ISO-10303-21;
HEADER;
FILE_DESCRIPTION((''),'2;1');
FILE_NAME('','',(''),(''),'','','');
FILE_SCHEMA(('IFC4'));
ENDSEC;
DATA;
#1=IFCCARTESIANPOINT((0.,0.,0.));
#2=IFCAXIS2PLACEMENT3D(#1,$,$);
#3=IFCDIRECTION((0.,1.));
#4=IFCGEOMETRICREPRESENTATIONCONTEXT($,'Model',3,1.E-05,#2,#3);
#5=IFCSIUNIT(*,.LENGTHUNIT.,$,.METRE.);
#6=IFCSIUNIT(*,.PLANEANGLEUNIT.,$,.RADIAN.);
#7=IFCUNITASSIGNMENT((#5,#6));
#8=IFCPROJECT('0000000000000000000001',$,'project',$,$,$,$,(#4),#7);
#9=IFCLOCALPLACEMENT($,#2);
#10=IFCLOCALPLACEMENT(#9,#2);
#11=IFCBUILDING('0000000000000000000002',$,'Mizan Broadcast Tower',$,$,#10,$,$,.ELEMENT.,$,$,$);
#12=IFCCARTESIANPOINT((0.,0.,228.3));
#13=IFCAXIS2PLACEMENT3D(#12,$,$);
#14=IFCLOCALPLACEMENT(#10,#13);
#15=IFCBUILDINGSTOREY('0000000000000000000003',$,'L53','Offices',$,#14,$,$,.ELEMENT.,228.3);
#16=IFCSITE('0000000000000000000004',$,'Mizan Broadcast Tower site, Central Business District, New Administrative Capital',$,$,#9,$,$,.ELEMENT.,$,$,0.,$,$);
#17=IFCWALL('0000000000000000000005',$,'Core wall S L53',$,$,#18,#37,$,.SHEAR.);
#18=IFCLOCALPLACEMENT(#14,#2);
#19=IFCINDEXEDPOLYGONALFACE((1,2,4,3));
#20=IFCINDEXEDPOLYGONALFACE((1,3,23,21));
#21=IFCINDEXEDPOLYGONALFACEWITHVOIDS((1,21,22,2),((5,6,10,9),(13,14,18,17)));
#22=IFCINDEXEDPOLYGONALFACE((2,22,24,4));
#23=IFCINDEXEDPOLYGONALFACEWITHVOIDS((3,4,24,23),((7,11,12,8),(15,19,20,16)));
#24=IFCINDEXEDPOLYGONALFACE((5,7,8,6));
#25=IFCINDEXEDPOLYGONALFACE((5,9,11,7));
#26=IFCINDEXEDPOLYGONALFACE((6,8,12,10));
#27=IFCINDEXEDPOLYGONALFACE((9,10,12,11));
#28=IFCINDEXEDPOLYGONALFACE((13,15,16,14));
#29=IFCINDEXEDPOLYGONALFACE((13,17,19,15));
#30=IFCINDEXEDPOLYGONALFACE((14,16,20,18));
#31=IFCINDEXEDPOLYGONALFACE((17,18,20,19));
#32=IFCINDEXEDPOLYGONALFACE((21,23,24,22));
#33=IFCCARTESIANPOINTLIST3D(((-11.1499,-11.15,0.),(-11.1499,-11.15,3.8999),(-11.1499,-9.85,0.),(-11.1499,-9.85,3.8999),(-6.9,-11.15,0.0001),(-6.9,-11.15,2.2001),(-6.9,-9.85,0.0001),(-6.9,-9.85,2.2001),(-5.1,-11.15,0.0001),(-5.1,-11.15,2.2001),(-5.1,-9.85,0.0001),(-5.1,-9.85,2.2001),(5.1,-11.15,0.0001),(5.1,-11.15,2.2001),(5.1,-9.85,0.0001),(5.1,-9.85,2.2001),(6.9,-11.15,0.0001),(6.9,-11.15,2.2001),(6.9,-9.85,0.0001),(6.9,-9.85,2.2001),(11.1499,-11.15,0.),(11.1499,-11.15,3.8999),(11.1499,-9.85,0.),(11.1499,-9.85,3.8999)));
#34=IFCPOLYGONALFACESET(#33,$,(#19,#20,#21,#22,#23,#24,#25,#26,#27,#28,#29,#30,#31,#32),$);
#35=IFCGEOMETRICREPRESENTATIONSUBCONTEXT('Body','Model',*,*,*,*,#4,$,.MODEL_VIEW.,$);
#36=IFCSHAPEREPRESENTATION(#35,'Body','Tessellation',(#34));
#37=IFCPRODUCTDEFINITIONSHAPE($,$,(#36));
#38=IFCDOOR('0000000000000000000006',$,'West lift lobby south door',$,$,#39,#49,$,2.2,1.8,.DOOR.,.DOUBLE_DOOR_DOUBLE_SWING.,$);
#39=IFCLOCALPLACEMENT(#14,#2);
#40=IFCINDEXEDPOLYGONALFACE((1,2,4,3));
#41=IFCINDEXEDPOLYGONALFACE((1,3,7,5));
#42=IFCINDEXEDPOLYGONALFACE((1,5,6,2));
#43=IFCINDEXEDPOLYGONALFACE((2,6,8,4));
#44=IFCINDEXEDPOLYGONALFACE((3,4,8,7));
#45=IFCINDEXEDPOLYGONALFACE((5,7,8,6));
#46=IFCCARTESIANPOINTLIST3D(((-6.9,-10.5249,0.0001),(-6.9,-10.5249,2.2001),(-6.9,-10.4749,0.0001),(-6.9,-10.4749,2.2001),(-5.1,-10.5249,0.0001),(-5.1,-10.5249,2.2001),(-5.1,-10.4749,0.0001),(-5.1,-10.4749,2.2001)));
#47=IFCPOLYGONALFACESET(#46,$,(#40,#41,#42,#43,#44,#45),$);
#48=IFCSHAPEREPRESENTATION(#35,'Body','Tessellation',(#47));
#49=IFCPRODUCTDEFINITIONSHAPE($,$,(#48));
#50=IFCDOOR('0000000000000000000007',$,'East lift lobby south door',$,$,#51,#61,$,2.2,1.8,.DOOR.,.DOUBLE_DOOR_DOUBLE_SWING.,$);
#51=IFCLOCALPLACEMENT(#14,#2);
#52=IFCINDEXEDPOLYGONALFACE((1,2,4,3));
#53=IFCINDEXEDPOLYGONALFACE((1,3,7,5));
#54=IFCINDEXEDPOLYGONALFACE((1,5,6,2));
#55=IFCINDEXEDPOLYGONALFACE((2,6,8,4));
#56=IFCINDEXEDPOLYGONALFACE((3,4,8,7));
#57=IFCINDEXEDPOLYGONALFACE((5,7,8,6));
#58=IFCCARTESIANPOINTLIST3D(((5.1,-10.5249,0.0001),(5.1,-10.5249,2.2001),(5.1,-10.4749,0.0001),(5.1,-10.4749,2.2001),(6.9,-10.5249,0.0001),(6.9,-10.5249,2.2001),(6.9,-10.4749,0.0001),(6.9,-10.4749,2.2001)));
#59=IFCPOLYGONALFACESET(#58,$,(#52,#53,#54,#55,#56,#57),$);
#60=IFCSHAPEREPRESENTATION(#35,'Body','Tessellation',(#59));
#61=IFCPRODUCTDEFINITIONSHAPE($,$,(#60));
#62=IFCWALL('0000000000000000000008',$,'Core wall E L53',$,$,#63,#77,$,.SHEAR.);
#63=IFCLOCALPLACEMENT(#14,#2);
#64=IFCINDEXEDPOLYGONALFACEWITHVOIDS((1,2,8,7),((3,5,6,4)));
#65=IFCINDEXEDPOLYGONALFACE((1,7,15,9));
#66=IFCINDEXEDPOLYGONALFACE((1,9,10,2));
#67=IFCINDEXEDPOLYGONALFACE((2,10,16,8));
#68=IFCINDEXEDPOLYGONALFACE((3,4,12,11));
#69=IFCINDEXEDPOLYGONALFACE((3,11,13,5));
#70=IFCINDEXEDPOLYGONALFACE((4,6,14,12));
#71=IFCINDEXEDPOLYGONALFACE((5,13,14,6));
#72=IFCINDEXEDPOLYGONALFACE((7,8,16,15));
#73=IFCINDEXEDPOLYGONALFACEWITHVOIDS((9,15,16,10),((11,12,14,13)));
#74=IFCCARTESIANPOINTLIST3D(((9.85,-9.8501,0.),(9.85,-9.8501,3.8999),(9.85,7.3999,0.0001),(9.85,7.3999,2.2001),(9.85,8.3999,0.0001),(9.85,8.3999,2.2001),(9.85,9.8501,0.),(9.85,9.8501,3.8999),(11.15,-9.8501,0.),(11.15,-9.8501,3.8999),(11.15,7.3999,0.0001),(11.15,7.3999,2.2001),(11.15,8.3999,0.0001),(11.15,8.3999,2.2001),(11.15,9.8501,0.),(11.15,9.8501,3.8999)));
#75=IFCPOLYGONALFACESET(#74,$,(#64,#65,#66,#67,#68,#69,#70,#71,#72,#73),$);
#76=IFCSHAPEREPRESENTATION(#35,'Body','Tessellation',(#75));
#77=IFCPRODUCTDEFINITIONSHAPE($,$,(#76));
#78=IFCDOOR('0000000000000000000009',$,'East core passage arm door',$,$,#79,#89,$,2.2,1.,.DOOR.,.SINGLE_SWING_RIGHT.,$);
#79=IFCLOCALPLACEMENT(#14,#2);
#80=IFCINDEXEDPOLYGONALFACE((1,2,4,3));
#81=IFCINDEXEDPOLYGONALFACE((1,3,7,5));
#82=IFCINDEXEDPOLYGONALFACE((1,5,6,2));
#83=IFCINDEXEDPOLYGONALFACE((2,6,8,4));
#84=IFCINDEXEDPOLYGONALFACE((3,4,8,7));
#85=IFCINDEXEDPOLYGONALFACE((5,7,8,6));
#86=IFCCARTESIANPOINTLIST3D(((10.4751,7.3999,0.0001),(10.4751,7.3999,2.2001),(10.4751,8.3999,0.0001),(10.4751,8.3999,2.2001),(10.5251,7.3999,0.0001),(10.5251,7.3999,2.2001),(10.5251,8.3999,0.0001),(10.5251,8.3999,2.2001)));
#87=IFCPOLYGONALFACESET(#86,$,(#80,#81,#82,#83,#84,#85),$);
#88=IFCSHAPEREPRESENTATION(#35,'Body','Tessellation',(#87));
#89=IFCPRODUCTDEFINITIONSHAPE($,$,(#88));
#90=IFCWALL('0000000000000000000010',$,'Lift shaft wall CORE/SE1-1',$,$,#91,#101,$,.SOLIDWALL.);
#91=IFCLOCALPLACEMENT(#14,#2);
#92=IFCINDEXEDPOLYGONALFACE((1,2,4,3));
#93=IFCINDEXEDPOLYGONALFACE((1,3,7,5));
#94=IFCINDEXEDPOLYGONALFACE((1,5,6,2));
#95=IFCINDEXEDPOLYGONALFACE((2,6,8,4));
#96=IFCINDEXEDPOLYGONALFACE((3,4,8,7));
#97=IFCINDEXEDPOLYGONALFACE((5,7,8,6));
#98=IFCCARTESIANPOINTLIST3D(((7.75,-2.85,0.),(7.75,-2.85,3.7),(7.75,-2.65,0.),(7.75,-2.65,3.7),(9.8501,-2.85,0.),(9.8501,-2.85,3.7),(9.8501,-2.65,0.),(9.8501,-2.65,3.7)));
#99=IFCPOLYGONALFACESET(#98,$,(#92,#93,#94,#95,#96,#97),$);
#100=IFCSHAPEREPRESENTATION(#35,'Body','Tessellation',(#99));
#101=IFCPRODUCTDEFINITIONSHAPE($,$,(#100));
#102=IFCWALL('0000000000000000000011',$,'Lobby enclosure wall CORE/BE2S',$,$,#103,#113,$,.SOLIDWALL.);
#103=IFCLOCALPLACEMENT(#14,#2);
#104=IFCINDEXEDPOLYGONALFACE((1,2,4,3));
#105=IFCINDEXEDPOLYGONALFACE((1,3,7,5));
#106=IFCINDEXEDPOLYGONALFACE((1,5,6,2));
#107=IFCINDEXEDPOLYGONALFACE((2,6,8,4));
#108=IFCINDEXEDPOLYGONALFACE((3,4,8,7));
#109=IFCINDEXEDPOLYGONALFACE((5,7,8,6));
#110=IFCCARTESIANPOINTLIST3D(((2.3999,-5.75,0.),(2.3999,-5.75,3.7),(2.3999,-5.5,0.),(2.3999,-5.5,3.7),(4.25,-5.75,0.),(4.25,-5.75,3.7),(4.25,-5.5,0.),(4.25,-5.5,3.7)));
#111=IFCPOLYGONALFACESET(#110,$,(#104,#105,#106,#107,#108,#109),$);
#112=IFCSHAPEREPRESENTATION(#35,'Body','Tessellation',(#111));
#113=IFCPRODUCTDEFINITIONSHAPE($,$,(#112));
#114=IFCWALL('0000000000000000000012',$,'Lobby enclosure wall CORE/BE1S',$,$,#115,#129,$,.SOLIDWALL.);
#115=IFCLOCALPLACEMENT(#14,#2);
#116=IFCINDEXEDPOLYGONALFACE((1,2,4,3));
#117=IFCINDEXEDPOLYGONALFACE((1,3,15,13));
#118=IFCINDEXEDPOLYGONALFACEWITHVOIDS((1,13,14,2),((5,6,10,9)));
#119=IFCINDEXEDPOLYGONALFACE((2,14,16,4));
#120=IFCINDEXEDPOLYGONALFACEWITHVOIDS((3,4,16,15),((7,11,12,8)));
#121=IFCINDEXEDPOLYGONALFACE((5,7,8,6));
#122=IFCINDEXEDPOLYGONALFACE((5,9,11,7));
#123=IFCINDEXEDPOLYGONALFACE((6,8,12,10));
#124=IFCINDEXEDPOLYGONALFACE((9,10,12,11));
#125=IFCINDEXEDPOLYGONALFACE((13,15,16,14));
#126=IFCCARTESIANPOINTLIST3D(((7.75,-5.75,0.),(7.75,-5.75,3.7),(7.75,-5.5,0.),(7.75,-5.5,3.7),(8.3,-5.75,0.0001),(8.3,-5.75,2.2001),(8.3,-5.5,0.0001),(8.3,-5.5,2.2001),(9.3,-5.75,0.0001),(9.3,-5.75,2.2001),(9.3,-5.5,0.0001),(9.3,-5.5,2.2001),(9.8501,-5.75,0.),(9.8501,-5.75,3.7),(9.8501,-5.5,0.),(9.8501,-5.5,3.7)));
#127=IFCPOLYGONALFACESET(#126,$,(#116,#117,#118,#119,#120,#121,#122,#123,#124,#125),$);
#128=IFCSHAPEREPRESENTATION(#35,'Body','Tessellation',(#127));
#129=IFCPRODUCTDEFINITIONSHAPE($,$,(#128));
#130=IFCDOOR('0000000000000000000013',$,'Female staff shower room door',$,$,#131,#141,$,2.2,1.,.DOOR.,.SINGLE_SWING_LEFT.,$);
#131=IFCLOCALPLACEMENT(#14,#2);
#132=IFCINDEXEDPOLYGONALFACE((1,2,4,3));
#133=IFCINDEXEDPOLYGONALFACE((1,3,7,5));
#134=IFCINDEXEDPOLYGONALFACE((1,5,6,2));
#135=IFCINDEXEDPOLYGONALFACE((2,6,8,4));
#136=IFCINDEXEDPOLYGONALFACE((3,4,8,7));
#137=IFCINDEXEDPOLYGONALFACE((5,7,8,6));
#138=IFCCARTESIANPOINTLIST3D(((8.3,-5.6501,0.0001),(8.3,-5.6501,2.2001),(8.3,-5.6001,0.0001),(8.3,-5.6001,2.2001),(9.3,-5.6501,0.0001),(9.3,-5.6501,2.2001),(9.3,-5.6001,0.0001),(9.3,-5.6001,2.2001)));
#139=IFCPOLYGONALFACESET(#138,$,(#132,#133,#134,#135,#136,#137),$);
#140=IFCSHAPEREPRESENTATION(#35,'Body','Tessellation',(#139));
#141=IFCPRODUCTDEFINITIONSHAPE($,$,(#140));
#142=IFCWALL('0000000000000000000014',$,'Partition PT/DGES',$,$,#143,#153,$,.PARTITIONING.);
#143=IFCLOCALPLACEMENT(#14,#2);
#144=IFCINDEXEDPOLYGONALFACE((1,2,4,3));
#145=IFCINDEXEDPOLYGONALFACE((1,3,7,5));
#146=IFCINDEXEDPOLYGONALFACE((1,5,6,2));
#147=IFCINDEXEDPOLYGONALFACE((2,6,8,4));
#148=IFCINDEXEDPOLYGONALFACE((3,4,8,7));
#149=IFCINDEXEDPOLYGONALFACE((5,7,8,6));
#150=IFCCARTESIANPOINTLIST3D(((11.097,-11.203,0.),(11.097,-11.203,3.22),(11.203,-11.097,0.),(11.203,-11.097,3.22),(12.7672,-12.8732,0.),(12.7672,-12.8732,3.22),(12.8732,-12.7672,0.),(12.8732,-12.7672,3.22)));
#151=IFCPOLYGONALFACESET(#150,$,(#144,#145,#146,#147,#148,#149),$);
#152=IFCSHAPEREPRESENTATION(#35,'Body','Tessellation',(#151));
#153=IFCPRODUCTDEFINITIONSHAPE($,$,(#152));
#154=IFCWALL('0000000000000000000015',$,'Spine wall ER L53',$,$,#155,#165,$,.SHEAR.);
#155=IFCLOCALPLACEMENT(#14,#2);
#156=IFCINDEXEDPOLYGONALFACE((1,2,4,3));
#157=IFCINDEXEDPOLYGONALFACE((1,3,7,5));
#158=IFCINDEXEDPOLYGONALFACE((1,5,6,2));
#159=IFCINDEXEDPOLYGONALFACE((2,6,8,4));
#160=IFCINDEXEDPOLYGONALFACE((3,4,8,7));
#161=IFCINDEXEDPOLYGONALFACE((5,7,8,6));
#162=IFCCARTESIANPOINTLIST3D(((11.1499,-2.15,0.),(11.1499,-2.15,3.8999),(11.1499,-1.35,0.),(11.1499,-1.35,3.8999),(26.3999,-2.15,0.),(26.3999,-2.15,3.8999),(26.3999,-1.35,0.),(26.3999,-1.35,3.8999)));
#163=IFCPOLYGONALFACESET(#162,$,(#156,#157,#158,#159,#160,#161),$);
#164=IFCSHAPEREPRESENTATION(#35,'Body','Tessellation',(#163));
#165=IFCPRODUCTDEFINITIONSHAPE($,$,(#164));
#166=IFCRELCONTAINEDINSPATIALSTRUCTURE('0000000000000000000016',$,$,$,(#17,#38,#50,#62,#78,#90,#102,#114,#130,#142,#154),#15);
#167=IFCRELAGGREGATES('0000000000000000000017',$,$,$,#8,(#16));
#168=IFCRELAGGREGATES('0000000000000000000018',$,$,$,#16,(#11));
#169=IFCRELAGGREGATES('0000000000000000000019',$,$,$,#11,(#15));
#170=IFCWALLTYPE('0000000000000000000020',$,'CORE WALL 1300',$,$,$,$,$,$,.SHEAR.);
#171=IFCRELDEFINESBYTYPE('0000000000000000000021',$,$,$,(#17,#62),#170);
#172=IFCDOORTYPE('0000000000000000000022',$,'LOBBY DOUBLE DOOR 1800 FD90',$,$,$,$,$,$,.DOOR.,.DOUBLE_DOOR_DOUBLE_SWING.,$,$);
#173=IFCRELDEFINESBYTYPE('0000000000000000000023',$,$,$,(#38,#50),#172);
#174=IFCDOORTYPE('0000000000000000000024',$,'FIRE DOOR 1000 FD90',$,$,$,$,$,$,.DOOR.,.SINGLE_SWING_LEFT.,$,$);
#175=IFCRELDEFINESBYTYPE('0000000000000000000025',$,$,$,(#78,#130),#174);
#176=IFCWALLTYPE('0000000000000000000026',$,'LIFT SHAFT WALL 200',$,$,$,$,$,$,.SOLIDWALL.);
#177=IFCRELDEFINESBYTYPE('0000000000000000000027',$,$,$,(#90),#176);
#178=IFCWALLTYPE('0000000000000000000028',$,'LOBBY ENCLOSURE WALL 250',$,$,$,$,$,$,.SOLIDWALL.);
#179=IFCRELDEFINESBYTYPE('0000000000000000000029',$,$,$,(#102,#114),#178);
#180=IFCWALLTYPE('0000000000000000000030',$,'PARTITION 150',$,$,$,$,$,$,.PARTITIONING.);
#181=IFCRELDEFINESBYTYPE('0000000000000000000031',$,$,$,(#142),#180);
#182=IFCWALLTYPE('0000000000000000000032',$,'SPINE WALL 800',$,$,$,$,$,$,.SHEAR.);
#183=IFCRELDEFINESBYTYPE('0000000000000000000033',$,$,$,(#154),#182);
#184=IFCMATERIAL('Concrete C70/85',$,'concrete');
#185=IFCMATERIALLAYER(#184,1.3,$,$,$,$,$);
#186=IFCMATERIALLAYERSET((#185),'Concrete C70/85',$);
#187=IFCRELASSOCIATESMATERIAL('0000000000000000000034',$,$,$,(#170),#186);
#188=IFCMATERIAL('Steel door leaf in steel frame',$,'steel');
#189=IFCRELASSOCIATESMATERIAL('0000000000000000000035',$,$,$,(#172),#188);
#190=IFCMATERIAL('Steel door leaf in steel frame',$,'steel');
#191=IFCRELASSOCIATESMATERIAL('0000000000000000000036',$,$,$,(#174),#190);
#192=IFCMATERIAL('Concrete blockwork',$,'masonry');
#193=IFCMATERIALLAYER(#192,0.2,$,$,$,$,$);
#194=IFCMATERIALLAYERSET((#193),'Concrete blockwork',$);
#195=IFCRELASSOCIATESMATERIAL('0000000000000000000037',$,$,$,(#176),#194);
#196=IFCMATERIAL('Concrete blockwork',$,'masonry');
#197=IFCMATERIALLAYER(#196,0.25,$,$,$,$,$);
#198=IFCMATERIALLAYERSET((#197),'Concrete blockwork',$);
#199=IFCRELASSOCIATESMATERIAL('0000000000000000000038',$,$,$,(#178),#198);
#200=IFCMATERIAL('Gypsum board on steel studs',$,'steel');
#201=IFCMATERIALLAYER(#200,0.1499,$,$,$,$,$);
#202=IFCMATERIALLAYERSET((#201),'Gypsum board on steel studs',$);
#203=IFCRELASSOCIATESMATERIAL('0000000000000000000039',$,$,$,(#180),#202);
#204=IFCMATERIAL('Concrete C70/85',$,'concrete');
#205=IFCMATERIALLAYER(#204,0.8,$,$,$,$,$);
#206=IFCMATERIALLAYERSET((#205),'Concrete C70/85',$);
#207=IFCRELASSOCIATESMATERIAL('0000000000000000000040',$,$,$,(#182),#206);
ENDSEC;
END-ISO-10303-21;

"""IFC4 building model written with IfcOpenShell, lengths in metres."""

from ifc_helpers import new_model, si_unit, direction, frame, frame_2d, origin, place, context, subcontext, project, spatial, rectangle, extrude, material, layer, layer_set, type_object, element, fill, save


model = new_model("IFC4")

# Units and contexts
model_context = context("Model", 3, precision=1e-05, world=origin(), true_north=direction((0.0, 1.0)))
body_context = subcontext(model_context, "Body", "Model", "MODEL_VIEW")
ifc_project = project(units=[si_unit("LENGTHUNIT", "METRE"), si_unit("PLANEANGLEUNIT", "RADIAN")], contexts=[model_context])

# Site, building, storey
site_placement = place(None, origin())
site = spatial("IfcSite", under=ifc_project, at=site_placement, Name="Mizan Broadcast Tower site, Central Business District, New Administrative Capital", CompositionType="ELEMENT", RefElevation=0.0)
building_placement = place(site_placement, origin())
building = spatial("IfcBuilding", under=site, at=building_placement, Name="Mizan Broadcast Tower", CompositionType="ELEMENT")
storey_placement = place(building_placement, frame((0.0, 0.0, 228.3)))
storey = spatial("IfcBuildingStorey", under=building, at=storey_placement, Name="L53", Description="Offices", CompositionType="ELEMENT", Elevation=228.3)

# Wall, openings, doors
ifc_material_1 = material(Name="Concrete C70/85", Category="concrete")
ifc_layer_1 = layer(ifc_material_1, 1.3)
ifc_layer_set_1 = layer_set([ifc_layer_1], Name="Concrete C70/85")
wall_type_1 = type_object("IfcWallType", Name="CORE WALL 1300", PredefinedType="SHEAR", material=ifc_layer_set_1)
wall_1_placement = place(storey_placement, frame((11.1499, -10.5, 0.0), z_axis=(0.0, 0.0, 1.0), x_axis=(-1.0, 0.0, 0.0)))
wall_1 = element("IfcWall", 1, at=wall_1_placement, inside=storey, type_object=wall_type_1, Name="Core wall S L53", PredefinedType="SHEAR", context=body_context, shape_type="SweptSolid", body=[
    extrude(rectangle(XDim=22.2998, YDim=1.3, at=frame_2d((11.1499, 0.0))), origin(), (0.0, 0.0, 1.0), 3.8999),
])
opening_1_placement = place(wall_1_placement, frame((16.25, 0.0, 0.0)))
opening_1 = element("IfcOpeningElement", 2, at=opening_1_placement, cuts=wall_1, PredefinedType="OPENING", context=body_context, shape_type="SweptSolid", body=[
    extrude(rectangle(XDim=1.8, YDim=2.2, at=frame_2d((0.8999, 1.1001))), frame((0.0, 0.6599, 0.0), z_axis=(0.0, -1.0, 0.0), x_axis=(1.0, 0.0, 0.0)), (0.0, 0.0, 1.0), 1.3201),
])
opening_2_placement = place(wall_1_placement, frame((4.25, 0.0, 0.0)))
opening_2 = element("IfcOpeningElement", 3, at=opening_2_placement, cuts=wall_1, PredefinedType="OPENING", context=body_context, shape_type="SweptSolid", body=[
    extrude(rectangle(XDim=1.8, YDim=2.2, at=frame_2d((0.8999, 1.1001))), frame((0.0, 0.6599, 0.0), z_axis=(0.0, -1.0, 0.0), x_axis=(1.0, 0.0, 0.0)), (0.0, 0.0, 1.0), 1.3201),
])
ifc_material_2 = material(Name="Steel door leaf in steel frame", Category="steel")
door_type_1 = type_object("IfcDoorType", Name="LOBBY DOUBLE DOOR 1800 FD90", OperationType="DOUBLE_DOOR_DOUBLE_SWING", PredefinedType="DOOR", material=ifc_material_2)
door_1_placement = place(opening_1_placement, origin())
door_1 = element("IfcDoor", 4, at=door_1_placement, inside=storey, type_object=door_type_1, Name="West lift lobby south door", OperationType="DOUBLE_DOOR_DOUBLE_SWING", OverallHeight=2.2, OverallWidth=1.8, PredefinedType="DOOR", context=body_context, shape_type="SweptSolid", body=[
    extrude(rectangle(XDim=1.8, YDim=2.2, at=frame_2d((0.8999, 1.1001))), frame((0.0, 0.0249, 0.0), z_axis=(0.0, -1.0, 0.0), x_axis=(1.0, 0.0, 0.0)), (0.0, 0.0, 1.0), 0.05),
])
fill(opening_1, door_1)
door_2_placement = place(opening_2_placement, origin())
door_2 = element("IfcDoor", 5, at=door_2_placement, inside=storey, type_object=door_type_1, Name="East lift lobby south door", OperationType="DOUBLE_DOOR_DOUBLE_SWING", OverallHeight=2.2, OverallWidth=1.8, PredefinedType="DOOR", context=body_context, shape_type="SweptSolid", body=[
    extrude(rectangle(XDim=1.8, YDim=2.2, at=frame_2d((0.8999, 1.1001))), frame((0.0, 0.0249, 0.0), z_axis=(0.0, -1.0, 0.0), x_axis=(1.0, 0.0, 0.0)), (0.0, 0.0, 1.0), 0.05),
])
fill(opening_2, door_2)

# Wall, opening, door
wall_2_placement = place(storey_placement, frame((10.5, -9.8501, 0.0), z_axis=(0.0, 0.0, 1.0), x_axis=(0.0, 1.0, 0.0)))
wall_2 = element("IfcWall", 6, at=wall_2_placement, inside=storey, type_object=wall_type_1, Name="Core wall E L53", PredefinedType="SHEAR", context=body_context, shape_type="SweptSolid", body=[
    extrude(rectangle(XDim=19.7002, YDim=1.3, at=frame_2d((9.8501, 0.0))), origin(), (0.0, 0.0, 1.0), 3.8999),
])
opening_3_placement = place(wall_2_placement, frame((17.25, 0.0, 0.0)))
opening_3 = element("IfcOpeningElement", 7, at=opening_3_placement, cuts=wall_2, PredefinedType="OPENING", context=body_context, shape_type="SweptSolid", body=[
    extrude(rectangle(XDim=1.0, YDim=2.2, at=frame_2d((0.5, 1.1001))), frame((0.0, 0.6599, 0.0), z_axis=(0.0, -1.0, 0.0), x_axis=(1.0, 0.0, 0.0)), (0.0, 0.0, 1.0), 1.3201),
])
ifc_material_3 = material(Name="Steel door leaf in steel frame", Category="steel")
door_type_2 = type_object("IfcDoorType", Name="FIRE DOOR 1000 FD90", OperationType="SINGLE_SWING_LEFT", PredefinedType="DOOR", material=ifc_material_3)
door_3_placement = place(opening_3_placement, origin())
door_3 = element("IfcDoor", 8, at=door_3_placement, inside=storey, type_object=door_type_2, Name="East core passage arm door", OperationType="SINGLE_SWING_RIGHT", OverallHeight=2.2, OverallWidth=1.0, PredefinedType="DOOR", context=body_context, shape_type="SweptSolid", body=[
    extrude(rectangle(XDim=1.0, YDim=2.2, at=frame_2d((0.5, 1.1001))), frame((0.0, 0.0249, 0.0), z_axis=(0.0, -1.0, 0.0), x_axis=(1.0, 0.0, 0.0)), (0.0, 0.0, 1.0), 0.05),
])
fill(opening_3, door_3)

# Walls
ifc_material_4 = material(Name="Concrete blockwork", Category="masonry")
ifc_layer_2 = layer(ifc_material_4, 0.2)
ifc_layer_set_2 = layer_set([ifc_layer_2], Name="Concrete blockwork")
wall_type_2 = type_object("IfcWallType", Name="LIFT SHAFT WALL 200", PredefinedType="SOLIDWALL", material=ifc_layer_set_2)
wall_3_placement = place(storey_placement, frame((7.75, -2.75, 0.0), z_axis=(0.0, 0.0, 1.0), x_axis=(1.0, 0.0, 0.0)))
element("IfcWall", 9, at=wall_3_placement, inside=storey, type_object=wall_type_2, Name="Lift shaft wall CORE/SE1-1", PredefinedType="SOLIDWALL", context=body_context, shape_type="SweptSolid", body=[
    extrude(rectangle(XDim=2.1001, YDim=0.2, at=frame_2d((1.05, 0.0))), origin(), (0.0, 0.0, 1.0), 3.7),
])
ifc_material_5 = material(Name="Concrete blockwork", Category="masonry")
ifc_layer_3 = layer(ifc_material_5, 0.25)
ifc_layer_set_3 = layer_set([ifc_layer_3], Name="Concrete blockwork")
wall_type_3 = type_object("IfcWallType", Name="LOBBY ENCLOSURE WALL 250", PredefinedType="SOLIDWALL", material=ifc_layer_set_3)
wall_4_placement = place(storey_placement, frame((2.3999, -5.625, 0.0), z_axis=(0.0, 0.0, 1.0), x_axis=(1.0, 0.0, 0.0)))
element("IfcWall", 10, at=wall_4_placement, inside=storey, type_object=wall_type_3, Name="Lobby enclosure wall CORE/BE2S", PredefinedType="SOLIDWALL", context=body_context, shape_type="SweptSolid", body=[
    extrude(rectangle(XDim=1.8501, YDim=0.25, at=frame_2d((0.925, 0.0))), origin(), (0.0, 0.0, 1.0), 3.7),
])

# Wall, opening, door
wall_5_placement = place(storey_placement, frame((7.75, -5.625, 0.0), z_axis=(0.0, 0.0, 1.0), x_axis=(1.0, 0.0, 0.0)))
wall_5 = element("IfcWall", 11, at=wall_5_placement, inside=storey, type_object=wall_type_3, Name="Lobby enclosure wall CORE/BE1S", PredefinedType="SOLIDWALL", context=body_context, shape_type="SweptSolid", body=[
    extrude(rectangle(XDim=2.1001, YDim=0.25, at=frame_2d((1.05, 0.0))), origin(), (0.0, 0.0, 1.0), 3.7),
])
opening_4_placement = place(wall_5_placement, frame((0.55, 0.0, 0.0)))
opening_4 = element("IfcOpeningElement", 12, at=opening_4_placement, cuts=wall_5, PredefinedType="OPENING", context=body_context, shape_type="SweptSolid", body=[
    extrude(rectangle(XDim=1.0, YDim=2.2, at=frame_2d((0.5, 1.1001))), frame((0.0, 0.135, 0.0), z_axis=(0.0, -1.0, 0.0), x_axis=(1.0, 0.0, 0.0)), (0.0, 0.0, 1.0), 0.27),
])
door_4_placement = place(opening_4_placement, origin())
door_4 = element("IfcDoor", 13, at=door_4_placement, inside=storey, type_object=door_type_2, Name="Female staff shower room door", OperationType="SINGLE_SWING_LEFT", OverallHeight=2.2, OverallWidth=1.0, PredefinedType="DOOR", context=body_context, shape_type="SweptSolid", body=[
    extrude(rectangle(XDim=1.0, YDim=2.2, at=frame_2d((0.5, 1.1001))), frame((0.0, 0.0249, 0.0), z_axis=(0.0, -1.0, 0.0), x_axis=(1.0, 0.0, 0.0)), (0.0, 0.0, 1.0), 0.05),
])
fill(opening_4, door_4)

# Walls
ifc_material_6 = material(Name="Gypsum board on steel studs", Category="steel")
ifc_layer_4 = layer(ifc_material_6, 0.1499)
ifc_layer_set_4 = layer_set([ifc_layer_4], Name="Gypsum board on steel studs")
wall_type_4 = type_object("IfcWallType", Name="PARTITION 150", PredefinedType="PARTITIONING", material=ifc_layer_set_4)
wall_6_placement = place(storey_placement, frame((11.1499, -11.1499, 0.0), z_axis=(0.0, 0.0, 1.0), x_axis=(0.707107, -0.707107, 0.0)))
element("IfcWall", 14, at=wall_6_placement, inside=storey, type_object=wall_type_4, Name="Partition PT/DGES", PredefinedType="PARTITIONING", context=body_context, shape_type="SweptSolid", body=[
    extrude(rectangle(XDim=2.3621, YDim=0.1499, at=frame_2d((1.1812, 0.0))), origin(), (0.0, 0.0, 1.0), 3.22),
])
ifc_material_7 = material(Name="Concrete C70/85", Category="concrete")
ifc_layer_5 = layer(ifc_material_7, 0.8)
ifc_layer_set_5 = layer_set([ifc_layer_5], Name="Concrete C70/85")
wall_type_5 = type_object("IfcWallType", Name="SPINE WALL 800", PredefinedType="SHEAR", material=ifc_layer_set_5)
for number, where, z_axis, x_axis, name in (
    (15, (11.1499, -1.75, 0.0), (0.0, 0.0, 1.0), (1.0, 0.0, 0.0), "Spine wall ER L53"),
):
    element("IfcWall", number, at=place(storey_placement, frame(where, z_axis=z_axis, x_axis=x_axis)), inside=storey, type_object=wall_type_5, Name=name, PredefinedType="SHEAR", context=body_context, shape_type="SweptSolid", body=[
        extrude(rectangle(XDim=15.25, YDim=0.8, at=frame_2d((7.625, 0.0))), origin(), (0.0, 0.0, 1.0), 3.8999),
    ])

save(model, "model.ifc")
